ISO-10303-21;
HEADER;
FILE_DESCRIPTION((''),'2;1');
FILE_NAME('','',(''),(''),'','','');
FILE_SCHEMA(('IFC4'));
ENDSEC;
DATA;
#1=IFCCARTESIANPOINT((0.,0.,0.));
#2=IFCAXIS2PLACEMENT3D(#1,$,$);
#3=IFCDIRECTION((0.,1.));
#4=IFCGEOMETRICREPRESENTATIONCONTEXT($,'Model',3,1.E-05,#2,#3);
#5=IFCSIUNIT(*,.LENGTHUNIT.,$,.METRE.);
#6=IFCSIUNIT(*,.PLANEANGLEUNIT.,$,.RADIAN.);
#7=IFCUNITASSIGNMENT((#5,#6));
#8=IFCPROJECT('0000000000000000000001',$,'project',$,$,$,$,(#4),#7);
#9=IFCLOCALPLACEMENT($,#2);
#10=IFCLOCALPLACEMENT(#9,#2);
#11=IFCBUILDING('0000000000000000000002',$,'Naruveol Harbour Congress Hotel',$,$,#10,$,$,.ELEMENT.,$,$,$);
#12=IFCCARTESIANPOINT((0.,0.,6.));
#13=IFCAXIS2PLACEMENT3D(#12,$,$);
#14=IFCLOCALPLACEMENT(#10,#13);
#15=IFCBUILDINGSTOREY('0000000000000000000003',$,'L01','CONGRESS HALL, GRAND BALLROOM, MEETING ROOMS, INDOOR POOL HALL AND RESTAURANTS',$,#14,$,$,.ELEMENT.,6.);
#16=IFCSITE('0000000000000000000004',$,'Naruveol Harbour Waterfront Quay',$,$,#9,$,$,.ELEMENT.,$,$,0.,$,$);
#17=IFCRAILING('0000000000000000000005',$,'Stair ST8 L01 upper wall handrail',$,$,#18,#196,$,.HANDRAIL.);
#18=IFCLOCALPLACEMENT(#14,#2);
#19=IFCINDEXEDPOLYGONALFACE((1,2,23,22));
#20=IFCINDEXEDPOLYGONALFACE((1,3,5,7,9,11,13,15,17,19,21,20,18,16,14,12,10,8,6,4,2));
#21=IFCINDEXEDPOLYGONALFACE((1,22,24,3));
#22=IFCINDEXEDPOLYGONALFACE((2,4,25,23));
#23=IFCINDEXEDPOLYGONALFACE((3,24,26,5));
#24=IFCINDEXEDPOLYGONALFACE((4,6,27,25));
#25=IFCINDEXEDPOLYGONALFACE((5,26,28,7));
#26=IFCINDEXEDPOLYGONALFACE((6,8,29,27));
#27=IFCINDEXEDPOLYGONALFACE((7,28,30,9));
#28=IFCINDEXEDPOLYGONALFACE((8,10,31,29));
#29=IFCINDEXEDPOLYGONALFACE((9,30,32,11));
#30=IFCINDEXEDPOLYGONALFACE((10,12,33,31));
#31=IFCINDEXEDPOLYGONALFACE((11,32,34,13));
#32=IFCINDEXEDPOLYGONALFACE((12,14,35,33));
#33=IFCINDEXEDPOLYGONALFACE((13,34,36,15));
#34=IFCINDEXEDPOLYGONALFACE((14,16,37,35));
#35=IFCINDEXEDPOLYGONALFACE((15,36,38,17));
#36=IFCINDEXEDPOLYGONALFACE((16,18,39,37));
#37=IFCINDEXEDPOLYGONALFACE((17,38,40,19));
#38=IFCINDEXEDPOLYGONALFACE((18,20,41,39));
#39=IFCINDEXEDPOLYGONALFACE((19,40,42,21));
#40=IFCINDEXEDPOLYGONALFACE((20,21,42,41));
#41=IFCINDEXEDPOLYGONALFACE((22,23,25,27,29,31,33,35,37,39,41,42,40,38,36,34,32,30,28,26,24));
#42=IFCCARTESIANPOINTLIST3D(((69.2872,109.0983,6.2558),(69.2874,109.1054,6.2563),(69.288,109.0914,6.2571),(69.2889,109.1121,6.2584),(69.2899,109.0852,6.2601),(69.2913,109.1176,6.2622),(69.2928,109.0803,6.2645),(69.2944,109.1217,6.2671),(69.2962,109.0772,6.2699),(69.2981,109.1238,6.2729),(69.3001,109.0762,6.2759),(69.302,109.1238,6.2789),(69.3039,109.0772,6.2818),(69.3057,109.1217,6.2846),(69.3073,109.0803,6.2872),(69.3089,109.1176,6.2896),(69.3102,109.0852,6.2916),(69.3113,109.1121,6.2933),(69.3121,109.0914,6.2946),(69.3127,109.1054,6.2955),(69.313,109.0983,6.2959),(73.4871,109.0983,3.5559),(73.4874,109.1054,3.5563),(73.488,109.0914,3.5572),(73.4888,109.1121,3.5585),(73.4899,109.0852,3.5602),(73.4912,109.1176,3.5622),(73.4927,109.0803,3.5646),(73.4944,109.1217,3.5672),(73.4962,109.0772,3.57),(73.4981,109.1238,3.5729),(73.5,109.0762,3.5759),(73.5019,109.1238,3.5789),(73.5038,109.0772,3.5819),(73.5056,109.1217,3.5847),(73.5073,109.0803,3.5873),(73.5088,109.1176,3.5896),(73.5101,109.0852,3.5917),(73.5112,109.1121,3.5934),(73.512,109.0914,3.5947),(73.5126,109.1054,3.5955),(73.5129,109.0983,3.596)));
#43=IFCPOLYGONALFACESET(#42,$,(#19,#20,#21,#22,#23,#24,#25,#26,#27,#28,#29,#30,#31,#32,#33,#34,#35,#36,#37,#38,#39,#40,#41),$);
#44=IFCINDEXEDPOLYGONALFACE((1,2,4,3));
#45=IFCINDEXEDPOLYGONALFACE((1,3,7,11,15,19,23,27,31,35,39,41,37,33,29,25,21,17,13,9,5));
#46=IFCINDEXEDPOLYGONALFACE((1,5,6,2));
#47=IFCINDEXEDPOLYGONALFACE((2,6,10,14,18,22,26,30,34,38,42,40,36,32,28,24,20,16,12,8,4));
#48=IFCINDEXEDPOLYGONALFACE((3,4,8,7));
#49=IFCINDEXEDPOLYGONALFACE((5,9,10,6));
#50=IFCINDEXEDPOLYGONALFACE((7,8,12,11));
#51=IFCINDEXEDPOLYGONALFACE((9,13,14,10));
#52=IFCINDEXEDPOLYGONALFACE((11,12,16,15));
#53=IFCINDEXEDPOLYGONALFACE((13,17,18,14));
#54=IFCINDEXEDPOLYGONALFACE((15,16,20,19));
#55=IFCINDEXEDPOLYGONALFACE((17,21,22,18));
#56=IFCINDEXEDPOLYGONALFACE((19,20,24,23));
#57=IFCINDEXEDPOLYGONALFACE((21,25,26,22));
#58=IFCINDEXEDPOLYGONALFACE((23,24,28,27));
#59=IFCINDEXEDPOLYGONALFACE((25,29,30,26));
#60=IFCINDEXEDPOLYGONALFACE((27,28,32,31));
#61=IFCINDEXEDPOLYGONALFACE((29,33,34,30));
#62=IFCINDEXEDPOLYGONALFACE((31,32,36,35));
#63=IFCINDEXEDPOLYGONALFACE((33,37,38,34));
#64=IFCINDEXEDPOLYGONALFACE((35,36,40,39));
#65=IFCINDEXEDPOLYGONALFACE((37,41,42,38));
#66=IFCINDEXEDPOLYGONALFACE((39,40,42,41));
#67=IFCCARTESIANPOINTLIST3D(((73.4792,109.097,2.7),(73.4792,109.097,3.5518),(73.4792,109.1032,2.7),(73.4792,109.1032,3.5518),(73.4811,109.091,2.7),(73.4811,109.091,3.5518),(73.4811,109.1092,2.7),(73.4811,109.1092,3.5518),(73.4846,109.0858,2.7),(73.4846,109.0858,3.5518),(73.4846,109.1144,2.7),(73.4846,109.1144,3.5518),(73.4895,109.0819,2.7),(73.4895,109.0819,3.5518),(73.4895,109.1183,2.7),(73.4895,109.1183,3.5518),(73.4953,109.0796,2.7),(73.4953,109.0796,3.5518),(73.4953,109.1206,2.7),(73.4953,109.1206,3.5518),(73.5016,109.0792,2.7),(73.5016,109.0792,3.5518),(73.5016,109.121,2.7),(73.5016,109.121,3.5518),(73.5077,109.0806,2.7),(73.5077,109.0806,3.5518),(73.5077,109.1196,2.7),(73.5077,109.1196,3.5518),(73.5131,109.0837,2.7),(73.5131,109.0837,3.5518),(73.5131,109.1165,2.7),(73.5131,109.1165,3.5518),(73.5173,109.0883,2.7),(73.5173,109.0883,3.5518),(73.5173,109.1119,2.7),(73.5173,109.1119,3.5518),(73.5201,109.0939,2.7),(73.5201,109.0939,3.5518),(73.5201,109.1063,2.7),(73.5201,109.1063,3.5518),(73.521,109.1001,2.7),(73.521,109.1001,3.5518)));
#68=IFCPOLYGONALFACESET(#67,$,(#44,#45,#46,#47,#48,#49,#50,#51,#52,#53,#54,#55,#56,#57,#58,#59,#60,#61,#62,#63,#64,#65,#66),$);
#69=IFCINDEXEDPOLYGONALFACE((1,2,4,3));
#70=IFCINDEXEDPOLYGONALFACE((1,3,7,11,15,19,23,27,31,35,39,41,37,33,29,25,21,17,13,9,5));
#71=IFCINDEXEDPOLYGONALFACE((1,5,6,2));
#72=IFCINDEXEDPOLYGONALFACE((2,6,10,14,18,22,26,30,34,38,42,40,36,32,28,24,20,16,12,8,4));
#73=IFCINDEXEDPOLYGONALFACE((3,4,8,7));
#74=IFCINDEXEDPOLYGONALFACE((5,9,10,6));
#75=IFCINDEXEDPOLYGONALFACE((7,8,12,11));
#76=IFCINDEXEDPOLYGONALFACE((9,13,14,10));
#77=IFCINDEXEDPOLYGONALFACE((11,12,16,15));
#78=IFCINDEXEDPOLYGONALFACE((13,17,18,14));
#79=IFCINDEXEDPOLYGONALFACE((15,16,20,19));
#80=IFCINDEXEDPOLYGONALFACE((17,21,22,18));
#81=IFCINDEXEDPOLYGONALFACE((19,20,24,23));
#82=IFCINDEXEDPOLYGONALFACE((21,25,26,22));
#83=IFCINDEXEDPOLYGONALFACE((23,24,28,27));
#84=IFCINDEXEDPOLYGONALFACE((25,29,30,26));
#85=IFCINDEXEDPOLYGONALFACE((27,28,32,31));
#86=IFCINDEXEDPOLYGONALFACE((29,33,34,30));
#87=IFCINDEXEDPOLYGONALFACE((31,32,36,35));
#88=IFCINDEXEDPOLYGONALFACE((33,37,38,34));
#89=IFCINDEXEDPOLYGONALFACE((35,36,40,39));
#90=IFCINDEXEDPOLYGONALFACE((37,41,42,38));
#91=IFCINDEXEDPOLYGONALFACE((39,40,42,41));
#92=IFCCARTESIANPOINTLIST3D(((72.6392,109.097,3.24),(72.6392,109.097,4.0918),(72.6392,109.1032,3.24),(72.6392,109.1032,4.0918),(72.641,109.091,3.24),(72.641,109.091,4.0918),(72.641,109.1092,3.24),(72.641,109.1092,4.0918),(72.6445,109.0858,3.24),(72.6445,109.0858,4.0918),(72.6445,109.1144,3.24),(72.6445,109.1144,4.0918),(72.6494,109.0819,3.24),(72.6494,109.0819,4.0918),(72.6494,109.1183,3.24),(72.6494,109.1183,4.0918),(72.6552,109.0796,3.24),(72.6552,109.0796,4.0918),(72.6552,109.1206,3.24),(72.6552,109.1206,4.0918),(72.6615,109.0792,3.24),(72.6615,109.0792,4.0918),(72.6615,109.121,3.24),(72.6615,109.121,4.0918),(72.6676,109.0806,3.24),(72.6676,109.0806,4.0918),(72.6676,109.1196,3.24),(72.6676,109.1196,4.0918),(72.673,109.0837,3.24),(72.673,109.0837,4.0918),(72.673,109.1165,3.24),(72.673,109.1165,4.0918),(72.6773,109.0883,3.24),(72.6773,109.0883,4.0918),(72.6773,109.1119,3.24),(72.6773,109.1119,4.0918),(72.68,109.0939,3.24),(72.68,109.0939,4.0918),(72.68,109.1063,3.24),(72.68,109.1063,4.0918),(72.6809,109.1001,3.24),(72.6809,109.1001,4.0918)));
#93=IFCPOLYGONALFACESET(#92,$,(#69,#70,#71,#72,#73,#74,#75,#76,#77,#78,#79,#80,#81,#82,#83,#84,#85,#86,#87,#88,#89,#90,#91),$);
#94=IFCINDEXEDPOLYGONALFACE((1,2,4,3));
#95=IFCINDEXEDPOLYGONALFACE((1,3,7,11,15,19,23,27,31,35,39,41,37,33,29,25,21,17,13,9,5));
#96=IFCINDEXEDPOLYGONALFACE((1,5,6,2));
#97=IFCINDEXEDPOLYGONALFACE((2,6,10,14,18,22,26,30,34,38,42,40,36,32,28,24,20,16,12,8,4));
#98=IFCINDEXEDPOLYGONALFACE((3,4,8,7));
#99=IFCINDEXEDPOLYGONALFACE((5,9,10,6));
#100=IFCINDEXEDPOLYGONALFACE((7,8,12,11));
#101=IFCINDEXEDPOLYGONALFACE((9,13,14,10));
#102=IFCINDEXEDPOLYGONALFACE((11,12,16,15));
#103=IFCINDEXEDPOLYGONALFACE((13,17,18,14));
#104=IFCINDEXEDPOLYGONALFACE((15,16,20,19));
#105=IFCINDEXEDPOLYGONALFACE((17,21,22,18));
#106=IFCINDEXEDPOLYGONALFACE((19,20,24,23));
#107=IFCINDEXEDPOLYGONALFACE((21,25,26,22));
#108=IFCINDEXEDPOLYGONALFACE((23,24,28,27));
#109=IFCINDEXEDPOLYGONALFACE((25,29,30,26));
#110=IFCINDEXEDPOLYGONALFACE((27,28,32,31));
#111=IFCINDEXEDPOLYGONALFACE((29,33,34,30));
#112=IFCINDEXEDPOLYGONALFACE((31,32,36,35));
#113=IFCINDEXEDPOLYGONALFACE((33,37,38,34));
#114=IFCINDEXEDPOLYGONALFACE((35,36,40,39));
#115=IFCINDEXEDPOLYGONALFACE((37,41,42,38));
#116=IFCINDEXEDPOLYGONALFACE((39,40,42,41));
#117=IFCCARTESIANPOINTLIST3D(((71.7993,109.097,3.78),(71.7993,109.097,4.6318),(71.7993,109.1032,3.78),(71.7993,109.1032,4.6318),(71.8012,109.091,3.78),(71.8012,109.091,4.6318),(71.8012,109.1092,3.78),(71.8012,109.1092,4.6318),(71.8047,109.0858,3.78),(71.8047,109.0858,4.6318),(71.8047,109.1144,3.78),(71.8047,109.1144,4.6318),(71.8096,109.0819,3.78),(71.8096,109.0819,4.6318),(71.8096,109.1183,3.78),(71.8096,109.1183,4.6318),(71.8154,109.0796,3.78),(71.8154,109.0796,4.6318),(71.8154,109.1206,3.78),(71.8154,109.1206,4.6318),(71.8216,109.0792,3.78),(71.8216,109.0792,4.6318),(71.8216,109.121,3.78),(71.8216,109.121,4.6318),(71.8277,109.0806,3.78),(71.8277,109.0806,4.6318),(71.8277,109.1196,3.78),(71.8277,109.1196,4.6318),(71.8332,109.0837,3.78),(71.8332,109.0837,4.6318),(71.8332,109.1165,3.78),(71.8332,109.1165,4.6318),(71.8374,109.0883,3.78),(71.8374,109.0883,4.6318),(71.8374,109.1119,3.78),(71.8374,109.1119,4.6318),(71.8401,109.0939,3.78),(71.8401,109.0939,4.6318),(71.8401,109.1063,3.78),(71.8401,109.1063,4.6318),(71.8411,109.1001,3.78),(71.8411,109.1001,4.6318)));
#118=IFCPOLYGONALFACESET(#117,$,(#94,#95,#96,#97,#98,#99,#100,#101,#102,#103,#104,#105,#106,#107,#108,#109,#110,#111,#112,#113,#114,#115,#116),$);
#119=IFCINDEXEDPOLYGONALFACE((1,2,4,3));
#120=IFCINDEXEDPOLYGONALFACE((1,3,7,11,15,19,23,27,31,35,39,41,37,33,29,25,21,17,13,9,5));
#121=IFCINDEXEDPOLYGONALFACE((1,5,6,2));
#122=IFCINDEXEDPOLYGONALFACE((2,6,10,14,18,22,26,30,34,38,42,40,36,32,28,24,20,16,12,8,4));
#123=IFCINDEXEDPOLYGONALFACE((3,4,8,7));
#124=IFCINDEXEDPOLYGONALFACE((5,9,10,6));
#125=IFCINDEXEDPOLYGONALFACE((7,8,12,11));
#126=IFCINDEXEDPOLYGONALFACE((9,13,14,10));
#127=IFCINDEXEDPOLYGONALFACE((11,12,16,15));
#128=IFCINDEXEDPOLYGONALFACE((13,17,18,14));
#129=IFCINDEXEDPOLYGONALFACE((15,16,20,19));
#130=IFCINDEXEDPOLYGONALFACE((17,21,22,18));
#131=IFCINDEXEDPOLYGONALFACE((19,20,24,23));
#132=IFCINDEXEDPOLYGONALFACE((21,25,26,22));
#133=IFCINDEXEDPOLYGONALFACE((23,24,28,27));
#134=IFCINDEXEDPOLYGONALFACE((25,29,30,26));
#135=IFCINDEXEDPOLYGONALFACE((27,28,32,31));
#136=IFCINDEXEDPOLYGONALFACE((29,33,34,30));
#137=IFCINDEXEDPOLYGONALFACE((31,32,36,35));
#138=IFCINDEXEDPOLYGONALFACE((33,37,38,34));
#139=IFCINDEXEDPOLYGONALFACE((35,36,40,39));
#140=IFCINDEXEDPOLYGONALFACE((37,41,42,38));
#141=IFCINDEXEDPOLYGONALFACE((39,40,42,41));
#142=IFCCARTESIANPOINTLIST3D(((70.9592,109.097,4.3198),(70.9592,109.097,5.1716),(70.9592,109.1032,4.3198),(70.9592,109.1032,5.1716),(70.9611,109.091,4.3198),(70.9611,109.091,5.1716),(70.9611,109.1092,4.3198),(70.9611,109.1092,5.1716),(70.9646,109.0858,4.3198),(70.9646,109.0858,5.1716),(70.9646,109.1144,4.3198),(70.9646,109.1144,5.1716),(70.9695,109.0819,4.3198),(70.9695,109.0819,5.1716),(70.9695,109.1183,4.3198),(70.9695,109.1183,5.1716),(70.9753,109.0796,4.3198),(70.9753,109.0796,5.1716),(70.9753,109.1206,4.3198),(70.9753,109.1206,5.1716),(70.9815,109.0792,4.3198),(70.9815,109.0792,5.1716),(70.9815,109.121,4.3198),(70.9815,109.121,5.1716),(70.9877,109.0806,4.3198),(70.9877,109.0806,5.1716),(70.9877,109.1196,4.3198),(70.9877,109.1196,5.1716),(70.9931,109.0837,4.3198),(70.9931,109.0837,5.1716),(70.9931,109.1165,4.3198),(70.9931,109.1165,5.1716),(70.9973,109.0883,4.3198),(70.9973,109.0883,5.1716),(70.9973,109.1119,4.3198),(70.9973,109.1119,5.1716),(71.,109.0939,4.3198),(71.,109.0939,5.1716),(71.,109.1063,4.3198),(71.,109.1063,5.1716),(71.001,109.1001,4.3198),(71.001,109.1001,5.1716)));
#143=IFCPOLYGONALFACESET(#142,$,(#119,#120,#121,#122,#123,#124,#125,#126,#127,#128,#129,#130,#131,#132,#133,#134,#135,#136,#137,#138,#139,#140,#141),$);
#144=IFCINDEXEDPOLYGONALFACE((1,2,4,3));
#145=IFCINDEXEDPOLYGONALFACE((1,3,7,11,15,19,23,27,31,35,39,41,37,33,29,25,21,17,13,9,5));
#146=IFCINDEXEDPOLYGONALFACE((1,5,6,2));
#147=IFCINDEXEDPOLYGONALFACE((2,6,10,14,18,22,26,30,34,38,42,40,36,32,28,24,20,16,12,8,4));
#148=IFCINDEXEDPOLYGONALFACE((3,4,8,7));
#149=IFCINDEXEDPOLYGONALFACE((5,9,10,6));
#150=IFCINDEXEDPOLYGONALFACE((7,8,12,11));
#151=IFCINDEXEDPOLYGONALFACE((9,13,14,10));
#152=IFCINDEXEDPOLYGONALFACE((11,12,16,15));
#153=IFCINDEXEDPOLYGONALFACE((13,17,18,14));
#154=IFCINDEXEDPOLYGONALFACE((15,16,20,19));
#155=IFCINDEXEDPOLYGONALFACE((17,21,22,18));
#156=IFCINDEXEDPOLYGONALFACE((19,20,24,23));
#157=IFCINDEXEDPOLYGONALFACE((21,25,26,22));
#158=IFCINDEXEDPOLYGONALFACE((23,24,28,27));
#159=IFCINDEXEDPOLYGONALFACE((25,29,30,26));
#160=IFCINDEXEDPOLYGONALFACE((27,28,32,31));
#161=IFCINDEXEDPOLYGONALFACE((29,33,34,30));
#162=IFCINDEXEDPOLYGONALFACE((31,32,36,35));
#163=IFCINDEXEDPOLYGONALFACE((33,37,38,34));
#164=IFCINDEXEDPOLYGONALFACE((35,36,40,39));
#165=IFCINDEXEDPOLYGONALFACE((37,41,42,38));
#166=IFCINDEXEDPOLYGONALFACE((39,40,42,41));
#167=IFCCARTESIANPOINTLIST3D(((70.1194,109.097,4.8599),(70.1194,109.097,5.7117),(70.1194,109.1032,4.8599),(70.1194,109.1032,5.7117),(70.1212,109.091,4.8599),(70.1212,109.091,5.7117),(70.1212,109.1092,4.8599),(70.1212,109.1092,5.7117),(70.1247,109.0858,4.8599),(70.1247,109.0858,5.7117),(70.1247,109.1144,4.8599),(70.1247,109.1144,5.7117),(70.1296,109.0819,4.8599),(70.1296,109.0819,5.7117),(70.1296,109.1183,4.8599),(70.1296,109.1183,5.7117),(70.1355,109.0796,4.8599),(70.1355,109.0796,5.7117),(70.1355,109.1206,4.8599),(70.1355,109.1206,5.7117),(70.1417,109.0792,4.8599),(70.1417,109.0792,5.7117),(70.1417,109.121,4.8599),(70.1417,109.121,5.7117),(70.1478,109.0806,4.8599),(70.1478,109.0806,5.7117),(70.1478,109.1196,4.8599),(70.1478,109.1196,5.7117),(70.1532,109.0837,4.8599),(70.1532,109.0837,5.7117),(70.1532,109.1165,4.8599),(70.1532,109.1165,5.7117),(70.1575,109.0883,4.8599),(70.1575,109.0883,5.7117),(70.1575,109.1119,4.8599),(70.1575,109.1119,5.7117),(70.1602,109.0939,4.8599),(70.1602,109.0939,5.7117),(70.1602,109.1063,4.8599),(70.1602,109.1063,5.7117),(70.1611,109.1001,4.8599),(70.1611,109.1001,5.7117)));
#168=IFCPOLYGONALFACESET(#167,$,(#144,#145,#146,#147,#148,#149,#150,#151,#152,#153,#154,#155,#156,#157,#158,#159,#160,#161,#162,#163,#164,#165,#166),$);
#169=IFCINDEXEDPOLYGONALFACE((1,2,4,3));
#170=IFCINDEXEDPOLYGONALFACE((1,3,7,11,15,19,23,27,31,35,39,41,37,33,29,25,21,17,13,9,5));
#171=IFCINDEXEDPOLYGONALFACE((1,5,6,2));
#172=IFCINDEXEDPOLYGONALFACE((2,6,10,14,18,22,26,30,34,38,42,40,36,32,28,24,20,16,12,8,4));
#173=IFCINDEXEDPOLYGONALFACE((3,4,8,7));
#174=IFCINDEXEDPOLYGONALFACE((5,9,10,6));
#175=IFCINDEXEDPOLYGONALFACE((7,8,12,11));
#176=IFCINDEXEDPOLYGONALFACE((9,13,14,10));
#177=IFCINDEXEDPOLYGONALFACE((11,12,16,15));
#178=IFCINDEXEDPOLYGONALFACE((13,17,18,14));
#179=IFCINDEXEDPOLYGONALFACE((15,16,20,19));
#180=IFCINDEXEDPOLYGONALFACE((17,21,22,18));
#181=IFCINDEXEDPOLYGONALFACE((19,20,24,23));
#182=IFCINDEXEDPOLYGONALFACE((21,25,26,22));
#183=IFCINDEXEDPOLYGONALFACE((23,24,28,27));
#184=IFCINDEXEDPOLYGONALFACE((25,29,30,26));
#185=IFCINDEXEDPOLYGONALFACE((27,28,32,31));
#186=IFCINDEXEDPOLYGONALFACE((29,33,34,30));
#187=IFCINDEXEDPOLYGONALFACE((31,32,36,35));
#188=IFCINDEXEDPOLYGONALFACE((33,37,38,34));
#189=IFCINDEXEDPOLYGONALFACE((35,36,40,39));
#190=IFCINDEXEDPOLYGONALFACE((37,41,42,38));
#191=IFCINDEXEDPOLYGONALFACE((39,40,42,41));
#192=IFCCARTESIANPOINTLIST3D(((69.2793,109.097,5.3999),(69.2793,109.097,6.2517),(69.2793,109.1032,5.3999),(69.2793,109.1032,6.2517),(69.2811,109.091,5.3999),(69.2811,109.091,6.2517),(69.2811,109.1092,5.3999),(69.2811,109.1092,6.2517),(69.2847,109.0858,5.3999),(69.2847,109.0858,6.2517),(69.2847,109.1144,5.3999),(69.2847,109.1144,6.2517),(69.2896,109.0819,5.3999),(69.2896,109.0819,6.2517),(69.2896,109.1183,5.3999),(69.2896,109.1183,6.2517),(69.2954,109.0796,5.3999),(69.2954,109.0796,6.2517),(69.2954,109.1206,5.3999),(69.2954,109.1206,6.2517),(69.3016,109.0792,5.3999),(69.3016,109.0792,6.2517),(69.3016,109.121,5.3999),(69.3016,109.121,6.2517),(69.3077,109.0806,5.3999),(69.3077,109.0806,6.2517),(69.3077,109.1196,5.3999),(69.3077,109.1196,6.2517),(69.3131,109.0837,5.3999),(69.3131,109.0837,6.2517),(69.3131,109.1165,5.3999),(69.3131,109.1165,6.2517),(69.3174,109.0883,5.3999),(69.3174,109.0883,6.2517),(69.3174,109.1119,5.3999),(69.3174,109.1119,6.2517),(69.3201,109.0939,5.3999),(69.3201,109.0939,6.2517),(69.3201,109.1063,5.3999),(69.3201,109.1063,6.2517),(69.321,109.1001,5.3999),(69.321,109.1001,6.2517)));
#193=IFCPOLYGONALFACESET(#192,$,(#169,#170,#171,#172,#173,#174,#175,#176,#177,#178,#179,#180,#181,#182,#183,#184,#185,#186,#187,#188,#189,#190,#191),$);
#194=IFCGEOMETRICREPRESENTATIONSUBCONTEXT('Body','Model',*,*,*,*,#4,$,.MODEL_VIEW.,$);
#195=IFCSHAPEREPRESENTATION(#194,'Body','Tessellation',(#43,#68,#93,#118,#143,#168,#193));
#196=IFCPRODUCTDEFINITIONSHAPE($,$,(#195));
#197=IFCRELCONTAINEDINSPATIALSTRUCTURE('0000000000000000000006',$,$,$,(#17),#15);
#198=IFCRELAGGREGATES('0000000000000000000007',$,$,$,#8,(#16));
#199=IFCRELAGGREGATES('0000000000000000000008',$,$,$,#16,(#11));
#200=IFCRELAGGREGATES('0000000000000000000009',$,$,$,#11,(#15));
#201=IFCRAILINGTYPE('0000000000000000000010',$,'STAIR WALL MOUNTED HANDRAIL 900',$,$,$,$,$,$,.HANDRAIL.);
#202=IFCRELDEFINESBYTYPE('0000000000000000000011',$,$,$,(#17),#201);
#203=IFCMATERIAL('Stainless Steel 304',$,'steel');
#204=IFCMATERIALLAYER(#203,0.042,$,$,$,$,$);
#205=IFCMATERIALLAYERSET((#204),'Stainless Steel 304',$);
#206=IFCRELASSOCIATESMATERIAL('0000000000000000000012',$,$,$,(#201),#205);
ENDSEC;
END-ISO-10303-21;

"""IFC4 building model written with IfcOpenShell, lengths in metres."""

from ifc_helpers import new_model, si_unit, direction, frame, origin, origin_2d, place, context, subcontext, project, spatial, circle, extrude, material, layer, layer_set, type_object, element, save


model = new_model("IFC4")

# Units and contexts
model_context = context("Model", 3, precision=1e-05, world=origin(), true_north=direction((0.0, 1.0)))
body_context = subcontext(model_context, "Body", "Model", "MODEL_VIEW")
ifc_project = project(units=[si_unit("LENGTHUNIT", "METRE"), si_unit("PLANEANGLEUNIT", "RADIAN")], contexts=[model_context])

# Site, building, storey
site_placement = place(None, origin())
site = spatial("IfcSite", under=ifc_project, at=site_placement, Name="Naruveol Harbour Waterfront Quay", CompositionType="ELEMENT", RefElevation=0.0)
building_placement = place(site_placement, origin())
building = spatial("IfcBuilding", under=site, at=building_placement, Name="Naruveol Harbour Congress Hotel", CompositionType="ELEMENT")
storey_placement = place(building_placement, frame((0.0, 0.0, 6.0)))
storey = spatial("IfcBuildingStorey", under=building, at=storey_placement, Name="L01", Description="CONGRESS HALL, GRAND BALLROOM, MEETING ROOMS, INDOOR POOL HALL AND RESTAURANTS", CompositionType="ELEMENT", Elevation=6.0)

# Railing
ifc_material_1 = material(Name="Stainless Steel 304", Category="steel")
ifc_layer_1 = layer(ifc_material_1, 0.042)
ifc_layer_set_1 = layer_set([ifc_layer_1], Name="Stainless Steel 304")
railing_type_1 = type_object("IfcRailingType", Name="STAIR WALL MOUNTED HANDRAIL 900", PredefinedType="HANDRAIL", material=ifc_layer_set_1)
railing_1_placement = place(storey_placement, frame((73.5, 109.1001, 2.7)))
element("IfcRailing", 1, at=railing_1_placement, inside=storey, type_object=railing_type_1, Name="Stair ST8 L01 upper wall handrail", PredefinedType="HANDRAIL", context=body_context, shape_type="SweptSolid", body=[
    extrude(circle(Radius=0.0239, at=origin_2d()), frame((0.0, 0.0, 0.876), z_axis=(-0.84118, 0.0, 0.540755), x_axis=(0.0, -1.0, 0.0)), (0.0, 0.0, 1.0), 4.9929),
    extrude(circle(Radius=0.021, at=origin_2d()), origin(), (0.0, 0.0, 1.0), 0.8518),
    extrude(circle(Radius=0.021, at=origin_2d()), frame((-0.8401, 0.0, 0.54)), (0.0, 0.0, 1.0), 0.8518),
    extrude(circle(Radius=0.021, at=origin_2d()), frame((-1.6799, 0.0, 1.0801)), (0.0, 0.0, 1.0), 0.8518),
    extrude(circle(Radius=0.021, at=origin_2d()), frame((-2.52, 0.0, 1.6199)), (0.0, 0.0, 1.0), 0.8518),
    extrude(circle(Radius=0.021, at=origin_2d()), frame((-3.3599, 0.0, 2.1599)), (0.0, 0.0, 1.0), 0.8518),
    extrude(circle(Radius=0.021, at=origin_2d()), frame((-4.2, 0.0, 2.7)), (0.0, 0.0, 1.0), 0.8518),
])

save(model, "model.ifc")
